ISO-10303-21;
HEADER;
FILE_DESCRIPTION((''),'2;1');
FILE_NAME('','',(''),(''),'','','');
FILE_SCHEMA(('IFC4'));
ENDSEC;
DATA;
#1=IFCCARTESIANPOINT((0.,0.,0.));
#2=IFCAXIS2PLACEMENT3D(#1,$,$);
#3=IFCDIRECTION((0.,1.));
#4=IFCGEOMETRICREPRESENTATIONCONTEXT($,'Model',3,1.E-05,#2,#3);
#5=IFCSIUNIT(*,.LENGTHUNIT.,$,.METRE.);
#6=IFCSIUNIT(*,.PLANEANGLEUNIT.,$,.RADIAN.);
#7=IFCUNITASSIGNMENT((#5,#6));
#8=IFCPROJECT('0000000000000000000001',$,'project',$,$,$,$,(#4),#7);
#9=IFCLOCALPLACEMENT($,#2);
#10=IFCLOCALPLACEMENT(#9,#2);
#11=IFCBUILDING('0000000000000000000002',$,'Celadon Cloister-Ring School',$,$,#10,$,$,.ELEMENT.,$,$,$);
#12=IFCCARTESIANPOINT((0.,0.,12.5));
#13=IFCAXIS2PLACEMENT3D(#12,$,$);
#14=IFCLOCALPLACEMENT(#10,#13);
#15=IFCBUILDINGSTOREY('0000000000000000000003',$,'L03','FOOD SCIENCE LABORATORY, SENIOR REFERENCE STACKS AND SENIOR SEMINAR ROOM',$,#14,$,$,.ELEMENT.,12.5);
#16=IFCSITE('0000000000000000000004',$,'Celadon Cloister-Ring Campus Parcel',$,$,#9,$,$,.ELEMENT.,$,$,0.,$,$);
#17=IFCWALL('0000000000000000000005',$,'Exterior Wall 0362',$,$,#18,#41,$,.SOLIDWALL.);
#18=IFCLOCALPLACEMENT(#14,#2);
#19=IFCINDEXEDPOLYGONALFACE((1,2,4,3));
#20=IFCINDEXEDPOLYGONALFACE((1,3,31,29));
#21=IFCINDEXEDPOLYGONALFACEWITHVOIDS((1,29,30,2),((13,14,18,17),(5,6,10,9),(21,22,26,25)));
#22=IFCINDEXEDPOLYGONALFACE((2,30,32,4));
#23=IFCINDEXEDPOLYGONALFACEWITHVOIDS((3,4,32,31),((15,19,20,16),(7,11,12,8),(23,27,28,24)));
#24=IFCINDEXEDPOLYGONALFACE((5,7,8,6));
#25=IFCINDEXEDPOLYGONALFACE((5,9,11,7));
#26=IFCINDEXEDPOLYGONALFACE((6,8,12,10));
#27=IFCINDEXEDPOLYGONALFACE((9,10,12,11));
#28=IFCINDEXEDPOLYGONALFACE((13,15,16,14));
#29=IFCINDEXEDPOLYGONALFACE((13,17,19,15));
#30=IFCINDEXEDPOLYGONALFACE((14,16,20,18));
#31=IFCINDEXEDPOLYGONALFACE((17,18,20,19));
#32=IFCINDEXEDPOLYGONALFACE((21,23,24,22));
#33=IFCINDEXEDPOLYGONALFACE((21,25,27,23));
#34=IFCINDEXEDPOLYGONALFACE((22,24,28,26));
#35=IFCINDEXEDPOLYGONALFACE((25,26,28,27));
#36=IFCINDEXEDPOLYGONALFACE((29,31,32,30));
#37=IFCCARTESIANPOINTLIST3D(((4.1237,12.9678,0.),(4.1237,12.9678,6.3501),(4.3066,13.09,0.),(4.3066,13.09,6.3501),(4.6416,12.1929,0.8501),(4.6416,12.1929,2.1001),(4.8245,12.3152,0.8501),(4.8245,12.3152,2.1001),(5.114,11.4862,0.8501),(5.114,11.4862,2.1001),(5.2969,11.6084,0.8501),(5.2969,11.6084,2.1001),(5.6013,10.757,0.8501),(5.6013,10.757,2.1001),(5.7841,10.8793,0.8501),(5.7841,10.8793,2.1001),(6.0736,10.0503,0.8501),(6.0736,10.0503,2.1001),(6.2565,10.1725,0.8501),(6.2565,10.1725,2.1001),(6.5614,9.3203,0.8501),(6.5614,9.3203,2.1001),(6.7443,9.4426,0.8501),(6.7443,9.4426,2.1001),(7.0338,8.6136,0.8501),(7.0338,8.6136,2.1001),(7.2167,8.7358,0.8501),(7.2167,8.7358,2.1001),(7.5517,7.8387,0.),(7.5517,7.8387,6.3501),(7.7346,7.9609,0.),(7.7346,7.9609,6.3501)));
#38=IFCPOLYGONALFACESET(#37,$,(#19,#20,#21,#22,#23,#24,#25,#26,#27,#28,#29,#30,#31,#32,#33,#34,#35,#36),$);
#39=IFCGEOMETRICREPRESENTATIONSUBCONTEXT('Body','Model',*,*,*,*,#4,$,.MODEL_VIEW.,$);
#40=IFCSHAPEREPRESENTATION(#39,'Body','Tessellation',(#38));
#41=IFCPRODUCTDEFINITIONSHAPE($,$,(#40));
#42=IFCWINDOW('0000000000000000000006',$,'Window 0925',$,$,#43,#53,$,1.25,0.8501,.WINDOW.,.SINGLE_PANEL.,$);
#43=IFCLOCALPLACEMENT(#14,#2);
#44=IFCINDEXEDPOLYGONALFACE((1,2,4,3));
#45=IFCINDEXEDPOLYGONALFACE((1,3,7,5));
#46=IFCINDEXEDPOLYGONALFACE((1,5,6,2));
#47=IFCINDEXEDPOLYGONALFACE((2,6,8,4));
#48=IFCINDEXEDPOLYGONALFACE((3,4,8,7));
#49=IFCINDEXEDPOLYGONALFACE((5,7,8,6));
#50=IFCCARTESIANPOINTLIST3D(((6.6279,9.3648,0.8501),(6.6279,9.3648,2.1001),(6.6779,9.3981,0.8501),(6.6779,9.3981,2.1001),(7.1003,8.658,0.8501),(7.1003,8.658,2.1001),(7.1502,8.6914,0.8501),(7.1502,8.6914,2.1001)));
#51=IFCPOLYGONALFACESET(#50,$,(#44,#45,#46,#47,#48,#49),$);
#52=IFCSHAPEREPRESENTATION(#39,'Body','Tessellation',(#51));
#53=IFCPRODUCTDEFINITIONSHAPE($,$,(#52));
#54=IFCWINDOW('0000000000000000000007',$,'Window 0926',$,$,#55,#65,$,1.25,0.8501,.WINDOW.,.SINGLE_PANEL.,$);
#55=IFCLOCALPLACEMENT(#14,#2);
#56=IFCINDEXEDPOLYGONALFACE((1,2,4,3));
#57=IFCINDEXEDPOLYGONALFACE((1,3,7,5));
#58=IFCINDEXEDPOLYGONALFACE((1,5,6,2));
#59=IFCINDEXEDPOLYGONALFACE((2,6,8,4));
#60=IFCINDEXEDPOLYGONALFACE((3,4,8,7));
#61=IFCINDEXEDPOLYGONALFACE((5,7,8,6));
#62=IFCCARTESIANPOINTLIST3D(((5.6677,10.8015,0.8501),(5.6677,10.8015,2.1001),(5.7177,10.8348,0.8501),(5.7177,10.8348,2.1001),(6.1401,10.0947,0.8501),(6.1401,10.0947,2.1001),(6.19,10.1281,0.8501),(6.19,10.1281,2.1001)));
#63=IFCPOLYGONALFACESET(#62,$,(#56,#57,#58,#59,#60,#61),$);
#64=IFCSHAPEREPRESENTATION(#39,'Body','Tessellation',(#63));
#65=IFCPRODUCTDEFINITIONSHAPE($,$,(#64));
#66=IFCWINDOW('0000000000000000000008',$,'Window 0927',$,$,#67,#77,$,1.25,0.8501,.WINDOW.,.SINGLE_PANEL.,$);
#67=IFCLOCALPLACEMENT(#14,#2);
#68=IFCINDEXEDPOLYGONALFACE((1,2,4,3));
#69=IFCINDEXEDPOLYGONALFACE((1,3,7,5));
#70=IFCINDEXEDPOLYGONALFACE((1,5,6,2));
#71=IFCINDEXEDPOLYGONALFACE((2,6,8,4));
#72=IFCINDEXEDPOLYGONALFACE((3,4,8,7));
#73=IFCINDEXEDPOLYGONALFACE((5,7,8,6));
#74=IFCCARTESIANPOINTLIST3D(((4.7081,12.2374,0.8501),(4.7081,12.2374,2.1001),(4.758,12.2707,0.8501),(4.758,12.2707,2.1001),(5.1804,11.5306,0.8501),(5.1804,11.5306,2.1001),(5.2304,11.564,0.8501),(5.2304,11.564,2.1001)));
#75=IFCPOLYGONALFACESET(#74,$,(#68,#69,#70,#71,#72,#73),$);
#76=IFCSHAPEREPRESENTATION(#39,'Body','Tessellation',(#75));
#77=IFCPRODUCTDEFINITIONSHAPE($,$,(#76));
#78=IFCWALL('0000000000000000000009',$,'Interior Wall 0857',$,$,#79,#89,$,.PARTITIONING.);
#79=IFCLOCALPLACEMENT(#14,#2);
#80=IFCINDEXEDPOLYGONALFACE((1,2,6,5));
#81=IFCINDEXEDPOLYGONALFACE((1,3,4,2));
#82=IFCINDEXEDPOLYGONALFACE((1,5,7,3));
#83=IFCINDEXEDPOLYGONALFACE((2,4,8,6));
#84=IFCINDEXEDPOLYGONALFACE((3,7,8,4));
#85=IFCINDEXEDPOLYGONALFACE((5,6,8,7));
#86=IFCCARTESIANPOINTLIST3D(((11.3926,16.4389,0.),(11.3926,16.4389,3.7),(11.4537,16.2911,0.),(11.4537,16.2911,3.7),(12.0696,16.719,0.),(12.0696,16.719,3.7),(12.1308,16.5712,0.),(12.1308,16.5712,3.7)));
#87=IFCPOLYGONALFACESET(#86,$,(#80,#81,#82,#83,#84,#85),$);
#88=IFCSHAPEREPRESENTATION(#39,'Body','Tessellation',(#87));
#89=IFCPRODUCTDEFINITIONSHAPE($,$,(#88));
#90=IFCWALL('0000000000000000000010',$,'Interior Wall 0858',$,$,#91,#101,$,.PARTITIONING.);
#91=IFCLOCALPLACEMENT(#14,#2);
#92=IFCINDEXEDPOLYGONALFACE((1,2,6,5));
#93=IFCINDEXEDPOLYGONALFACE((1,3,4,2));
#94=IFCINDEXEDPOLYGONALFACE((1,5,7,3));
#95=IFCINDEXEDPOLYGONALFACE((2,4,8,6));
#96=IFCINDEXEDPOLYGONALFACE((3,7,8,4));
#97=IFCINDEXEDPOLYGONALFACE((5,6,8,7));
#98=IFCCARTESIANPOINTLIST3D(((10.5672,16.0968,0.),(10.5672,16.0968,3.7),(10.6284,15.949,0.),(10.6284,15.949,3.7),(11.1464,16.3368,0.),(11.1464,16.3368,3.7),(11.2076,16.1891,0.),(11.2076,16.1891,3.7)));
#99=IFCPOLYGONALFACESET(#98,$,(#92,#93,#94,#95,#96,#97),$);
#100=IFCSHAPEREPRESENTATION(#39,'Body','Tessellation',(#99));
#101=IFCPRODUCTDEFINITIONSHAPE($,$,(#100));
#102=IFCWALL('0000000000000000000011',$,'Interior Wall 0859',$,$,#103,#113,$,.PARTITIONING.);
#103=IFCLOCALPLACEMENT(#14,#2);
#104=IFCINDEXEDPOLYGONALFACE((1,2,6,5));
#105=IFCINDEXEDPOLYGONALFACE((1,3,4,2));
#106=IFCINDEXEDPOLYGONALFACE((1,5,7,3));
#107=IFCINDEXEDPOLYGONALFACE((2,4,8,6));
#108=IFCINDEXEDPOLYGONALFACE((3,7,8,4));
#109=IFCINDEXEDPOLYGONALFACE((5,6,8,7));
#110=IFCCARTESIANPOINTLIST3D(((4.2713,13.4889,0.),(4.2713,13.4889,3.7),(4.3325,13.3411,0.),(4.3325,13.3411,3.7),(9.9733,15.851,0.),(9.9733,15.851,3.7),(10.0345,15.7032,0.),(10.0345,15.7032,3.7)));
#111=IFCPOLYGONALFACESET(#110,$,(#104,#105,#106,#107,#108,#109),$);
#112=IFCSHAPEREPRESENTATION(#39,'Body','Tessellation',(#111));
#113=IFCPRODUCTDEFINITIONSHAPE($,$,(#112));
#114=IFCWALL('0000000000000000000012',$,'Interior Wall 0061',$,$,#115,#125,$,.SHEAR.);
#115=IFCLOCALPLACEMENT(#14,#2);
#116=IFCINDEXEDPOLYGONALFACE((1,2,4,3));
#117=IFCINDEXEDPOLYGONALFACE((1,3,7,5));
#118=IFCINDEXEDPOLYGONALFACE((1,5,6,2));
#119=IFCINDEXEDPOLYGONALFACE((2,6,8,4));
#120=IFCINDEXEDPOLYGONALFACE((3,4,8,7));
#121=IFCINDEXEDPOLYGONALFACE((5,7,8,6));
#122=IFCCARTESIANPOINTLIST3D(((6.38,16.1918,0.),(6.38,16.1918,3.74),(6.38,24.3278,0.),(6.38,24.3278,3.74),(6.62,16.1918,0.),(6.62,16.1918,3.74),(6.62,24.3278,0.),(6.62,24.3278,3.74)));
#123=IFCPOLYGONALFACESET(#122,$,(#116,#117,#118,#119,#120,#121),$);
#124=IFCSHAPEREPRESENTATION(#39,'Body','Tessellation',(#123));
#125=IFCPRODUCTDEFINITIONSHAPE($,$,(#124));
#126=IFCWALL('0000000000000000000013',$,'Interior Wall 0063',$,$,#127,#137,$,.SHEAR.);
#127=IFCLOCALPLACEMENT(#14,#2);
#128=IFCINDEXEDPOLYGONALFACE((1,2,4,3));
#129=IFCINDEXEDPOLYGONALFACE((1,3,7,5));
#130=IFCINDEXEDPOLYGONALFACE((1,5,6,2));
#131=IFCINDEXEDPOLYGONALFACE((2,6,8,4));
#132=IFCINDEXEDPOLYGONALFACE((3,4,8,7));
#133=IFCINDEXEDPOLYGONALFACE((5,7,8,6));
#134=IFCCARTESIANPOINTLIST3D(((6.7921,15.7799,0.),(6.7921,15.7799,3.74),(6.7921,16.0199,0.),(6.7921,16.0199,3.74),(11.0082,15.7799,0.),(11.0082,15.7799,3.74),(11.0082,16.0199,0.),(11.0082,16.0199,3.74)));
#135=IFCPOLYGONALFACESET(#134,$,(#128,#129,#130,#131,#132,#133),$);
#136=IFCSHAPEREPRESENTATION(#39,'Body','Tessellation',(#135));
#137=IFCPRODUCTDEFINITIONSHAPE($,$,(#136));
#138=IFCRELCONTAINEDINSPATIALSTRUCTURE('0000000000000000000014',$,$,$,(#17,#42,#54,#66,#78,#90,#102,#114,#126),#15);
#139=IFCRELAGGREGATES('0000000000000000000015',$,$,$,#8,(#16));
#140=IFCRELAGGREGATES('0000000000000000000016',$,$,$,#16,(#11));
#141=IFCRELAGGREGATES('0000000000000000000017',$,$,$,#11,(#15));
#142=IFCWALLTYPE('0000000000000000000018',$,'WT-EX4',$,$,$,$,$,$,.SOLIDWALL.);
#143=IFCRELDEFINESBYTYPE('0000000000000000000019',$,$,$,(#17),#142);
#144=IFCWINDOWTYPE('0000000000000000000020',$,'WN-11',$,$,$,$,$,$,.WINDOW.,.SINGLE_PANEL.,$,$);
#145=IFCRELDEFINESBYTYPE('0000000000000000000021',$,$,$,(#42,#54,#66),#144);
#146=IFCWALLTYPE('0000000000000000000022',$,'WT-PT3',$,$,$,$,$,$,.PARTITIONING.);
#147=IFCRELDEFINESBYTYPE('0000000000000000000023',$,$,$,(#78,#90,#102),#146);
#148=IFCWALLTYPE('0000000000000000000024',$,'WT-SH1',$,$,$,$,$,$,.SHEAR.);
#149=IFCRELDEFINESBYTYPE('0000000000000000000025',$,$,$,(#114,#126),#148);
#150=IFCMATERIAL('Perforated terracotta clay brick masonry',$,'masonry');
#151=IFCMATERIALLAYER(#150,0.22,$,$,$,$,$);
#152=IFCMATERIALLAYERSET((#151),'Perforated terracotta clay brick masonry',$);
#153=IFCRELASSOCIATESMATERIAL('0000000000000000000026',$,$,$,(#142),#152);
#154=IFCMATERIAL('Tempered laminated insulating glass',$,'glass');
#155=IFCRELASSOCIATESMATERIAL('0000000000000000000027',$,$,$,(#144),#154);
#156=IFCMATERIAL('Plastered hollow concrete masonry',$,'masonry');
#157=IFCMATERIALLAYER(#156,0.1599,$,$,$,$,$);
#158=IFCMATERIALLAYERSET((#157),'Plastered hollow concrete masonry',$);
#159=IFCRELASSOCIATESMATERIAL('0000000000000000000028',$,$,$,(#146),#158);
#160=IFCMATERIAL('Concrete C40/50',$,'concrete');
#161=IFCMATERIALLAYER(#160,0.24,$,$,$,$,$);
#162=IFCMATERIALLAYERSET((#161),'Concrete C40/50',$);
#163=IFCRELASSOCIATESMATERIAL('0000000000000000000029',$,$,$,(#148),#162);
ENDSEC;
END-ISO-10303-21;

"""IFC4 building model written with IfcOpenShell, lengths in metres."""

from ifc_helpers import new_model, si_unit, direction, frame, frame_2d, origin, place, context, subcontext, project, spatial, rectangle, extrude, material, layer, layer_set, type_object, element, fill, save


model = new_model("IFC4")

# Units and contexts
model_context = context("Model", 3, precision=1e-05, world=origin(), true_north=direction((0.0, 1.0)))
body_context = subcontext(model_context, "Body", "Model", "MODEL_VIEW")
ifc_project = project(units=[si_unit("LENGTHUNIT", "METRE"), si_unit("PLANEANGLEUNIT", "RADIAN")], contexts=[model_context])

# Site, building, storey
site_placement = place(None, origin())
site = spatial("IfcSite", under=ifc_project, at=site_placement, Name="Celadon Cloister-Ring Campus Parcel", CompositionType="ELEMENT", RefElevation=0.0)
building_placement = place(site_placement, origin())
building = spatial("IfcBuilding", under=site, at=building_placement, Name="Celadon Cloister-Ring School", CompositionType="ELEMENT")
storey_placement = place(building_placement, frame((0.0, 0.0, 12.5)))
storey = spatial("IfcBuildingStorey", under=building, at=storey_placement, Name="L03", Description="FOOD SCIENCE LABORATORY, SENIOR REFERENCE STACKS AND SENIOR SEMINAR ROOM", CompositionType="ELEMENT", Elevation=12.5)

# Wall, openings, windows
ifc_material_1 = material(Name="Perforated terracotta clay brick masonry", Category="masonry")
ifc_layer_1 = layer(ifc_material_1, 0.22)
ifc_layer_set_1 = layer_set([ifc_layer_1], Name="Perforated terracotta clay brick masonry")
wall_type_1 = type_object("IfcWallType", Name="WT-EX4", PredefinedType="SOLIDWALL", material=ifc_layer_set_1)
ifc_material_2 = material(Name="Tempered laminated insulating glass", Category="glass")
window_type = type_object("IfcWindowType", Name="WN-11", PartitioningType="SINGLE_PANEL", PredefinedType="WINDOW", material=ifc_material_2)
wall_1_placement = place(storey_placement, frame((7.6431, 7.8999, 0.0), z_axis=(0.0, 0.0, 1.0), x_axis=(-0.555659, 0.83141, 0.0)))
wall_1 = element("IfcWall", 1, at=wall_1_placement, inside=storey, type_object=wall_type_1, Name="Exterior Wall 0362", PredefinedType="SOLIDWALL", context=body_context, shape_type="SweptSolid", body=[
    extrude(rectangle(XDim=6.1692, YDim=0.22, at=frame_2d((3.0845, 0.0))), origin(), (0.0, 0.0, 1.0), 6.3501),
])
opening_1_placement = place(wall_1_placement, frame((0.9319, 0.0, 0.8501)))
opening_1 = element("IfcOpeningElement", 2, at=opening_1_placement, cuts=wall_1, PredefinedType="OPENING", context=body_context, shape_type="SweptSolid", body=[
    extrude(rectangle(XDim=0.8501, YDim=1.25, at=frame_2d((0.425, 0.625))), frame((0.0, 0.1201, 0.0), z_axis=(0.0, -1.0, 0.0), x_axis=(1.0, 0.0, 0.0)), (0.0, 0.0, 1.0), 0.24),
])
opening_2_placement = place(wall_1_placement, frame((2.6599, 0.0, 0.8501)))
opening_2 = element("IfcOpeningElement", 3, at=opening_2_placement, cuts=wall_1, PredefinedType="OPENING", context=body_context, shape_type="SweptSolid", body=[
    extrude(rectangle(XDim=0.8501, YDim=1.25, at=frame_2d((0.425, 0.625))), frame((0.0, 0.1201, 0.0), z_axis=(0.0, -1.0, 0.0), x_axis=(1.0, 0.0, 0.0)), (0.0, 0.0, 1.0), 0.24),
])
opening_3_placement = place(wall_1_placement, frame((4.387, 0.0, 0.8501)))
opening_3 = element("IfcOpeningElement", 4, at=opening_3_placement, cuts=wall_1, PredefinedType="OPENING", context=body_context, shape_type="SweptSolid", body=[
    extrude(rectangle(XDim=0.8501, YDim=1.25, at=frame_2d((0.425, 0.625))), frame((0.0, 0.1201, 0.0), z_axis=(0.0, -1.0, 0.0), x_axis=(1.0, 0.0, 0.0)), (0.0, 0.0, 1.0), 0.24),
])
window_1_placement = place(opening_1_placement, origin())
window_1 = element("IfcWindow", 5, at=window_1_placement, inside=storey, type_object=window_type, Name="Window 0925", OverallHeight=1.25, OverallWidth=0.8501, PartitioningType="SINGLE_PANEL", PredefinedType="WINDOW", context=body_context, shape_type="SweptSolid", body=[
    extrude(rectangle(XDim=0.8501, YDim=1.25, at=frame_2d((0.425, 0.625))), frame((0.0, 0.03, 0.0), z_axis=(0.0, -1.0, 0.0), x_axis=(1.0, 0.0, 0.0)), (0.0, 0.0, 1.0), 0.0601),
])
fill(opening_1, window_1)
window_2_placement = place(opening_2_placement, origin())
window_2 = element("IfcWindow", 6, at=window_2_placement, inside=storey, type_object=window_type, Name="Window 0926", OverallHeight=1.25, OverallWidth=0.8501, PartitioningType="SINGLE_PANEL", PredefinedType="WINDOW", context=body_context, shape_type="SweptSolid", body=[
    extrude(rectangle(XDim=0.8501, YDim=1.25, at=frame_2d((0.425, 0.625))), frame((0.0, 0.03, 0.0), z_axis=(0.0, -1.0, 0.0), x_axis=(1.0, 0.0, 0.0)), (0.0, 0.0, 1.0), 0.0601),
])
fill(opening_2, window_2)
window_3_placement = place(opening_3_placement, origin())
window_3 = element("IfcWindow", 7, at=window_3_placement, inside=storey, type_object=window_type, Name="Window 0927", OverallHeight=1.25, OverallWidth=0.8501, PartitioningType="SINGLE_PANEL", PredefinedType="WINDOW", context=body_context, shape_type="SweptSolid", body=[
    extrude(rectangle(XDim=0.8501, YDim=1.25, at=frame_2d((0.425, 0.625))), frame((0.0, 0.03, 0.0), z_axis=(0.0, -1.0, 0.0), x_axis=(1.0, 0.0, 0.0)), (0.0, 0.0, 1.0), 0.0601),
])
fill(opening_3, window_3)

# Walls
ifc_material_3 = material(Name="Plastered hollow concrete masonry", Category="masonry")
ifc_layer_2 = layer(ifc_material_3, 0.1599)
ifc_layer_set_2 = layer_set([ifc_layer_2], Name="Plastered hollow concrete masonry")
wall_type_2 = type_object("IfcWallType", Name="WT-PT3", PredefinedType="PARTITIONING", material=ifc_layer_set_2)
wall_2_placement = place(storey_placement, frame((12.1001, 16.645, 0.0), z_axis=(0.0, 0.0, 1.0), x_axis=(-0.92407, -0.382224, 0.0)))
element("IfcWall", 8, at=wall_2_placement, inside=storey, type_object=wall_type_2, Name="Interior Wall 0857", PredefinedType="PARTITIONING", context=body_context, shape_type="SweptSolid", body=[
    extrude(rectangle(XDim=0.7327, YDim=0.1599, at=frame_2d((0.3662, 0.0))), origin(), (0.0, 0.0, 1.0), 3.7),
])
wall_3_placement = place(storey_placement, frame((11.177, 16.2629, 0.0), z_axis=(0.0, 0.0, 1.0), x_axis=(-0.923813, -0.382845, 0.0)))
element("IfcWall", 9, at=wall_3_placement, inside=storey, type_object=wall_type_2, Name="Interior Wall 0858", PredefinedType="PARTITIONING", context=body_context, shape_type="SweptSolid", body=[
    extrude(rectangle(XDim=0.627, YDim=0.1599, at=frame_2d((0.3135, 0.0))), origin(), (0.0, 0.0, 1.0), 3.7),
])
wall_4_placement = place(storey_placement, frame((10.0039, 15.7771, 0.0), z_axis=(0.0, 0.0, 1.0), x_axis=(-0.923865, -0.382719, 0.0)))
element("IfcWall", 10, at=wall_4_placement, inside=storey, type_object=wall_type_2, Name="Interior Wall 0859", PredefinedType="PARTITIONING", context=body_context, shape_type="SweptSolid", body=[
    extrude(rectangle(XDim=6.1719, YDim=0.1599, at=frame_2d((3.0859, 0.0))), origin(), (0.0, 0.0, 1.0), 3.7),
])
ifc_material_4 = material(Name="Concrete C40/50", Category="concrete")
ifc_layer_3 = layer(ifc_material_4, 0.24)
ifc_layer_set_3 = layer_set([ifc_layer_3], Name="Concrete C40/50")
wall_type_3 = type_object("IfcWallType", Name="WT-SH1", PredefinedType="SHEAR", material=ifc_layer_set_3)
wall_5_placement = place(storey_placement, frame((6.5, 16.1919, 0.0), z_axis=(0.0, 0.0, 1.0), x_axis=(0.0, 1.0, 0.0)))
element("IfcWall", 11, at=wall_5_placement, inside=storey, type_object=wall_type_3, Name="Interior Wall 0061", PredefinedType="SHEAR", context=body_context, shape_type="SweptSolid", body=[
    extrude(rectangle(XDim=8.136, YDim=0.24, at=frame_2d((4.0679, 0.0))), origin(), (0.0, 0.0, 1.0), 3.74),
])
wall_6_placement = place(storey_placement, frame((11.0081, 15.8999, 0.0), z_axis=(0.0, 0.0, 1.0), x_axis=(-1.0, 0.0, 0.0)))
element("IfcWall", 12, at=wall_6_placement, inside=storey, type_object=wall_type_3, Name="Interior Wall 0063", PredefinedType="SHEAR", context=body_context, shape_type="SweptSolid", body=[
    extrude(rectangle(XDim=4.2161, YDim=0.24, at=frame_2d((2.1079, 0.0))), origin(), (0.0, 0.0, 1.0), 3.74),
])

save(model, "model.ifc")
